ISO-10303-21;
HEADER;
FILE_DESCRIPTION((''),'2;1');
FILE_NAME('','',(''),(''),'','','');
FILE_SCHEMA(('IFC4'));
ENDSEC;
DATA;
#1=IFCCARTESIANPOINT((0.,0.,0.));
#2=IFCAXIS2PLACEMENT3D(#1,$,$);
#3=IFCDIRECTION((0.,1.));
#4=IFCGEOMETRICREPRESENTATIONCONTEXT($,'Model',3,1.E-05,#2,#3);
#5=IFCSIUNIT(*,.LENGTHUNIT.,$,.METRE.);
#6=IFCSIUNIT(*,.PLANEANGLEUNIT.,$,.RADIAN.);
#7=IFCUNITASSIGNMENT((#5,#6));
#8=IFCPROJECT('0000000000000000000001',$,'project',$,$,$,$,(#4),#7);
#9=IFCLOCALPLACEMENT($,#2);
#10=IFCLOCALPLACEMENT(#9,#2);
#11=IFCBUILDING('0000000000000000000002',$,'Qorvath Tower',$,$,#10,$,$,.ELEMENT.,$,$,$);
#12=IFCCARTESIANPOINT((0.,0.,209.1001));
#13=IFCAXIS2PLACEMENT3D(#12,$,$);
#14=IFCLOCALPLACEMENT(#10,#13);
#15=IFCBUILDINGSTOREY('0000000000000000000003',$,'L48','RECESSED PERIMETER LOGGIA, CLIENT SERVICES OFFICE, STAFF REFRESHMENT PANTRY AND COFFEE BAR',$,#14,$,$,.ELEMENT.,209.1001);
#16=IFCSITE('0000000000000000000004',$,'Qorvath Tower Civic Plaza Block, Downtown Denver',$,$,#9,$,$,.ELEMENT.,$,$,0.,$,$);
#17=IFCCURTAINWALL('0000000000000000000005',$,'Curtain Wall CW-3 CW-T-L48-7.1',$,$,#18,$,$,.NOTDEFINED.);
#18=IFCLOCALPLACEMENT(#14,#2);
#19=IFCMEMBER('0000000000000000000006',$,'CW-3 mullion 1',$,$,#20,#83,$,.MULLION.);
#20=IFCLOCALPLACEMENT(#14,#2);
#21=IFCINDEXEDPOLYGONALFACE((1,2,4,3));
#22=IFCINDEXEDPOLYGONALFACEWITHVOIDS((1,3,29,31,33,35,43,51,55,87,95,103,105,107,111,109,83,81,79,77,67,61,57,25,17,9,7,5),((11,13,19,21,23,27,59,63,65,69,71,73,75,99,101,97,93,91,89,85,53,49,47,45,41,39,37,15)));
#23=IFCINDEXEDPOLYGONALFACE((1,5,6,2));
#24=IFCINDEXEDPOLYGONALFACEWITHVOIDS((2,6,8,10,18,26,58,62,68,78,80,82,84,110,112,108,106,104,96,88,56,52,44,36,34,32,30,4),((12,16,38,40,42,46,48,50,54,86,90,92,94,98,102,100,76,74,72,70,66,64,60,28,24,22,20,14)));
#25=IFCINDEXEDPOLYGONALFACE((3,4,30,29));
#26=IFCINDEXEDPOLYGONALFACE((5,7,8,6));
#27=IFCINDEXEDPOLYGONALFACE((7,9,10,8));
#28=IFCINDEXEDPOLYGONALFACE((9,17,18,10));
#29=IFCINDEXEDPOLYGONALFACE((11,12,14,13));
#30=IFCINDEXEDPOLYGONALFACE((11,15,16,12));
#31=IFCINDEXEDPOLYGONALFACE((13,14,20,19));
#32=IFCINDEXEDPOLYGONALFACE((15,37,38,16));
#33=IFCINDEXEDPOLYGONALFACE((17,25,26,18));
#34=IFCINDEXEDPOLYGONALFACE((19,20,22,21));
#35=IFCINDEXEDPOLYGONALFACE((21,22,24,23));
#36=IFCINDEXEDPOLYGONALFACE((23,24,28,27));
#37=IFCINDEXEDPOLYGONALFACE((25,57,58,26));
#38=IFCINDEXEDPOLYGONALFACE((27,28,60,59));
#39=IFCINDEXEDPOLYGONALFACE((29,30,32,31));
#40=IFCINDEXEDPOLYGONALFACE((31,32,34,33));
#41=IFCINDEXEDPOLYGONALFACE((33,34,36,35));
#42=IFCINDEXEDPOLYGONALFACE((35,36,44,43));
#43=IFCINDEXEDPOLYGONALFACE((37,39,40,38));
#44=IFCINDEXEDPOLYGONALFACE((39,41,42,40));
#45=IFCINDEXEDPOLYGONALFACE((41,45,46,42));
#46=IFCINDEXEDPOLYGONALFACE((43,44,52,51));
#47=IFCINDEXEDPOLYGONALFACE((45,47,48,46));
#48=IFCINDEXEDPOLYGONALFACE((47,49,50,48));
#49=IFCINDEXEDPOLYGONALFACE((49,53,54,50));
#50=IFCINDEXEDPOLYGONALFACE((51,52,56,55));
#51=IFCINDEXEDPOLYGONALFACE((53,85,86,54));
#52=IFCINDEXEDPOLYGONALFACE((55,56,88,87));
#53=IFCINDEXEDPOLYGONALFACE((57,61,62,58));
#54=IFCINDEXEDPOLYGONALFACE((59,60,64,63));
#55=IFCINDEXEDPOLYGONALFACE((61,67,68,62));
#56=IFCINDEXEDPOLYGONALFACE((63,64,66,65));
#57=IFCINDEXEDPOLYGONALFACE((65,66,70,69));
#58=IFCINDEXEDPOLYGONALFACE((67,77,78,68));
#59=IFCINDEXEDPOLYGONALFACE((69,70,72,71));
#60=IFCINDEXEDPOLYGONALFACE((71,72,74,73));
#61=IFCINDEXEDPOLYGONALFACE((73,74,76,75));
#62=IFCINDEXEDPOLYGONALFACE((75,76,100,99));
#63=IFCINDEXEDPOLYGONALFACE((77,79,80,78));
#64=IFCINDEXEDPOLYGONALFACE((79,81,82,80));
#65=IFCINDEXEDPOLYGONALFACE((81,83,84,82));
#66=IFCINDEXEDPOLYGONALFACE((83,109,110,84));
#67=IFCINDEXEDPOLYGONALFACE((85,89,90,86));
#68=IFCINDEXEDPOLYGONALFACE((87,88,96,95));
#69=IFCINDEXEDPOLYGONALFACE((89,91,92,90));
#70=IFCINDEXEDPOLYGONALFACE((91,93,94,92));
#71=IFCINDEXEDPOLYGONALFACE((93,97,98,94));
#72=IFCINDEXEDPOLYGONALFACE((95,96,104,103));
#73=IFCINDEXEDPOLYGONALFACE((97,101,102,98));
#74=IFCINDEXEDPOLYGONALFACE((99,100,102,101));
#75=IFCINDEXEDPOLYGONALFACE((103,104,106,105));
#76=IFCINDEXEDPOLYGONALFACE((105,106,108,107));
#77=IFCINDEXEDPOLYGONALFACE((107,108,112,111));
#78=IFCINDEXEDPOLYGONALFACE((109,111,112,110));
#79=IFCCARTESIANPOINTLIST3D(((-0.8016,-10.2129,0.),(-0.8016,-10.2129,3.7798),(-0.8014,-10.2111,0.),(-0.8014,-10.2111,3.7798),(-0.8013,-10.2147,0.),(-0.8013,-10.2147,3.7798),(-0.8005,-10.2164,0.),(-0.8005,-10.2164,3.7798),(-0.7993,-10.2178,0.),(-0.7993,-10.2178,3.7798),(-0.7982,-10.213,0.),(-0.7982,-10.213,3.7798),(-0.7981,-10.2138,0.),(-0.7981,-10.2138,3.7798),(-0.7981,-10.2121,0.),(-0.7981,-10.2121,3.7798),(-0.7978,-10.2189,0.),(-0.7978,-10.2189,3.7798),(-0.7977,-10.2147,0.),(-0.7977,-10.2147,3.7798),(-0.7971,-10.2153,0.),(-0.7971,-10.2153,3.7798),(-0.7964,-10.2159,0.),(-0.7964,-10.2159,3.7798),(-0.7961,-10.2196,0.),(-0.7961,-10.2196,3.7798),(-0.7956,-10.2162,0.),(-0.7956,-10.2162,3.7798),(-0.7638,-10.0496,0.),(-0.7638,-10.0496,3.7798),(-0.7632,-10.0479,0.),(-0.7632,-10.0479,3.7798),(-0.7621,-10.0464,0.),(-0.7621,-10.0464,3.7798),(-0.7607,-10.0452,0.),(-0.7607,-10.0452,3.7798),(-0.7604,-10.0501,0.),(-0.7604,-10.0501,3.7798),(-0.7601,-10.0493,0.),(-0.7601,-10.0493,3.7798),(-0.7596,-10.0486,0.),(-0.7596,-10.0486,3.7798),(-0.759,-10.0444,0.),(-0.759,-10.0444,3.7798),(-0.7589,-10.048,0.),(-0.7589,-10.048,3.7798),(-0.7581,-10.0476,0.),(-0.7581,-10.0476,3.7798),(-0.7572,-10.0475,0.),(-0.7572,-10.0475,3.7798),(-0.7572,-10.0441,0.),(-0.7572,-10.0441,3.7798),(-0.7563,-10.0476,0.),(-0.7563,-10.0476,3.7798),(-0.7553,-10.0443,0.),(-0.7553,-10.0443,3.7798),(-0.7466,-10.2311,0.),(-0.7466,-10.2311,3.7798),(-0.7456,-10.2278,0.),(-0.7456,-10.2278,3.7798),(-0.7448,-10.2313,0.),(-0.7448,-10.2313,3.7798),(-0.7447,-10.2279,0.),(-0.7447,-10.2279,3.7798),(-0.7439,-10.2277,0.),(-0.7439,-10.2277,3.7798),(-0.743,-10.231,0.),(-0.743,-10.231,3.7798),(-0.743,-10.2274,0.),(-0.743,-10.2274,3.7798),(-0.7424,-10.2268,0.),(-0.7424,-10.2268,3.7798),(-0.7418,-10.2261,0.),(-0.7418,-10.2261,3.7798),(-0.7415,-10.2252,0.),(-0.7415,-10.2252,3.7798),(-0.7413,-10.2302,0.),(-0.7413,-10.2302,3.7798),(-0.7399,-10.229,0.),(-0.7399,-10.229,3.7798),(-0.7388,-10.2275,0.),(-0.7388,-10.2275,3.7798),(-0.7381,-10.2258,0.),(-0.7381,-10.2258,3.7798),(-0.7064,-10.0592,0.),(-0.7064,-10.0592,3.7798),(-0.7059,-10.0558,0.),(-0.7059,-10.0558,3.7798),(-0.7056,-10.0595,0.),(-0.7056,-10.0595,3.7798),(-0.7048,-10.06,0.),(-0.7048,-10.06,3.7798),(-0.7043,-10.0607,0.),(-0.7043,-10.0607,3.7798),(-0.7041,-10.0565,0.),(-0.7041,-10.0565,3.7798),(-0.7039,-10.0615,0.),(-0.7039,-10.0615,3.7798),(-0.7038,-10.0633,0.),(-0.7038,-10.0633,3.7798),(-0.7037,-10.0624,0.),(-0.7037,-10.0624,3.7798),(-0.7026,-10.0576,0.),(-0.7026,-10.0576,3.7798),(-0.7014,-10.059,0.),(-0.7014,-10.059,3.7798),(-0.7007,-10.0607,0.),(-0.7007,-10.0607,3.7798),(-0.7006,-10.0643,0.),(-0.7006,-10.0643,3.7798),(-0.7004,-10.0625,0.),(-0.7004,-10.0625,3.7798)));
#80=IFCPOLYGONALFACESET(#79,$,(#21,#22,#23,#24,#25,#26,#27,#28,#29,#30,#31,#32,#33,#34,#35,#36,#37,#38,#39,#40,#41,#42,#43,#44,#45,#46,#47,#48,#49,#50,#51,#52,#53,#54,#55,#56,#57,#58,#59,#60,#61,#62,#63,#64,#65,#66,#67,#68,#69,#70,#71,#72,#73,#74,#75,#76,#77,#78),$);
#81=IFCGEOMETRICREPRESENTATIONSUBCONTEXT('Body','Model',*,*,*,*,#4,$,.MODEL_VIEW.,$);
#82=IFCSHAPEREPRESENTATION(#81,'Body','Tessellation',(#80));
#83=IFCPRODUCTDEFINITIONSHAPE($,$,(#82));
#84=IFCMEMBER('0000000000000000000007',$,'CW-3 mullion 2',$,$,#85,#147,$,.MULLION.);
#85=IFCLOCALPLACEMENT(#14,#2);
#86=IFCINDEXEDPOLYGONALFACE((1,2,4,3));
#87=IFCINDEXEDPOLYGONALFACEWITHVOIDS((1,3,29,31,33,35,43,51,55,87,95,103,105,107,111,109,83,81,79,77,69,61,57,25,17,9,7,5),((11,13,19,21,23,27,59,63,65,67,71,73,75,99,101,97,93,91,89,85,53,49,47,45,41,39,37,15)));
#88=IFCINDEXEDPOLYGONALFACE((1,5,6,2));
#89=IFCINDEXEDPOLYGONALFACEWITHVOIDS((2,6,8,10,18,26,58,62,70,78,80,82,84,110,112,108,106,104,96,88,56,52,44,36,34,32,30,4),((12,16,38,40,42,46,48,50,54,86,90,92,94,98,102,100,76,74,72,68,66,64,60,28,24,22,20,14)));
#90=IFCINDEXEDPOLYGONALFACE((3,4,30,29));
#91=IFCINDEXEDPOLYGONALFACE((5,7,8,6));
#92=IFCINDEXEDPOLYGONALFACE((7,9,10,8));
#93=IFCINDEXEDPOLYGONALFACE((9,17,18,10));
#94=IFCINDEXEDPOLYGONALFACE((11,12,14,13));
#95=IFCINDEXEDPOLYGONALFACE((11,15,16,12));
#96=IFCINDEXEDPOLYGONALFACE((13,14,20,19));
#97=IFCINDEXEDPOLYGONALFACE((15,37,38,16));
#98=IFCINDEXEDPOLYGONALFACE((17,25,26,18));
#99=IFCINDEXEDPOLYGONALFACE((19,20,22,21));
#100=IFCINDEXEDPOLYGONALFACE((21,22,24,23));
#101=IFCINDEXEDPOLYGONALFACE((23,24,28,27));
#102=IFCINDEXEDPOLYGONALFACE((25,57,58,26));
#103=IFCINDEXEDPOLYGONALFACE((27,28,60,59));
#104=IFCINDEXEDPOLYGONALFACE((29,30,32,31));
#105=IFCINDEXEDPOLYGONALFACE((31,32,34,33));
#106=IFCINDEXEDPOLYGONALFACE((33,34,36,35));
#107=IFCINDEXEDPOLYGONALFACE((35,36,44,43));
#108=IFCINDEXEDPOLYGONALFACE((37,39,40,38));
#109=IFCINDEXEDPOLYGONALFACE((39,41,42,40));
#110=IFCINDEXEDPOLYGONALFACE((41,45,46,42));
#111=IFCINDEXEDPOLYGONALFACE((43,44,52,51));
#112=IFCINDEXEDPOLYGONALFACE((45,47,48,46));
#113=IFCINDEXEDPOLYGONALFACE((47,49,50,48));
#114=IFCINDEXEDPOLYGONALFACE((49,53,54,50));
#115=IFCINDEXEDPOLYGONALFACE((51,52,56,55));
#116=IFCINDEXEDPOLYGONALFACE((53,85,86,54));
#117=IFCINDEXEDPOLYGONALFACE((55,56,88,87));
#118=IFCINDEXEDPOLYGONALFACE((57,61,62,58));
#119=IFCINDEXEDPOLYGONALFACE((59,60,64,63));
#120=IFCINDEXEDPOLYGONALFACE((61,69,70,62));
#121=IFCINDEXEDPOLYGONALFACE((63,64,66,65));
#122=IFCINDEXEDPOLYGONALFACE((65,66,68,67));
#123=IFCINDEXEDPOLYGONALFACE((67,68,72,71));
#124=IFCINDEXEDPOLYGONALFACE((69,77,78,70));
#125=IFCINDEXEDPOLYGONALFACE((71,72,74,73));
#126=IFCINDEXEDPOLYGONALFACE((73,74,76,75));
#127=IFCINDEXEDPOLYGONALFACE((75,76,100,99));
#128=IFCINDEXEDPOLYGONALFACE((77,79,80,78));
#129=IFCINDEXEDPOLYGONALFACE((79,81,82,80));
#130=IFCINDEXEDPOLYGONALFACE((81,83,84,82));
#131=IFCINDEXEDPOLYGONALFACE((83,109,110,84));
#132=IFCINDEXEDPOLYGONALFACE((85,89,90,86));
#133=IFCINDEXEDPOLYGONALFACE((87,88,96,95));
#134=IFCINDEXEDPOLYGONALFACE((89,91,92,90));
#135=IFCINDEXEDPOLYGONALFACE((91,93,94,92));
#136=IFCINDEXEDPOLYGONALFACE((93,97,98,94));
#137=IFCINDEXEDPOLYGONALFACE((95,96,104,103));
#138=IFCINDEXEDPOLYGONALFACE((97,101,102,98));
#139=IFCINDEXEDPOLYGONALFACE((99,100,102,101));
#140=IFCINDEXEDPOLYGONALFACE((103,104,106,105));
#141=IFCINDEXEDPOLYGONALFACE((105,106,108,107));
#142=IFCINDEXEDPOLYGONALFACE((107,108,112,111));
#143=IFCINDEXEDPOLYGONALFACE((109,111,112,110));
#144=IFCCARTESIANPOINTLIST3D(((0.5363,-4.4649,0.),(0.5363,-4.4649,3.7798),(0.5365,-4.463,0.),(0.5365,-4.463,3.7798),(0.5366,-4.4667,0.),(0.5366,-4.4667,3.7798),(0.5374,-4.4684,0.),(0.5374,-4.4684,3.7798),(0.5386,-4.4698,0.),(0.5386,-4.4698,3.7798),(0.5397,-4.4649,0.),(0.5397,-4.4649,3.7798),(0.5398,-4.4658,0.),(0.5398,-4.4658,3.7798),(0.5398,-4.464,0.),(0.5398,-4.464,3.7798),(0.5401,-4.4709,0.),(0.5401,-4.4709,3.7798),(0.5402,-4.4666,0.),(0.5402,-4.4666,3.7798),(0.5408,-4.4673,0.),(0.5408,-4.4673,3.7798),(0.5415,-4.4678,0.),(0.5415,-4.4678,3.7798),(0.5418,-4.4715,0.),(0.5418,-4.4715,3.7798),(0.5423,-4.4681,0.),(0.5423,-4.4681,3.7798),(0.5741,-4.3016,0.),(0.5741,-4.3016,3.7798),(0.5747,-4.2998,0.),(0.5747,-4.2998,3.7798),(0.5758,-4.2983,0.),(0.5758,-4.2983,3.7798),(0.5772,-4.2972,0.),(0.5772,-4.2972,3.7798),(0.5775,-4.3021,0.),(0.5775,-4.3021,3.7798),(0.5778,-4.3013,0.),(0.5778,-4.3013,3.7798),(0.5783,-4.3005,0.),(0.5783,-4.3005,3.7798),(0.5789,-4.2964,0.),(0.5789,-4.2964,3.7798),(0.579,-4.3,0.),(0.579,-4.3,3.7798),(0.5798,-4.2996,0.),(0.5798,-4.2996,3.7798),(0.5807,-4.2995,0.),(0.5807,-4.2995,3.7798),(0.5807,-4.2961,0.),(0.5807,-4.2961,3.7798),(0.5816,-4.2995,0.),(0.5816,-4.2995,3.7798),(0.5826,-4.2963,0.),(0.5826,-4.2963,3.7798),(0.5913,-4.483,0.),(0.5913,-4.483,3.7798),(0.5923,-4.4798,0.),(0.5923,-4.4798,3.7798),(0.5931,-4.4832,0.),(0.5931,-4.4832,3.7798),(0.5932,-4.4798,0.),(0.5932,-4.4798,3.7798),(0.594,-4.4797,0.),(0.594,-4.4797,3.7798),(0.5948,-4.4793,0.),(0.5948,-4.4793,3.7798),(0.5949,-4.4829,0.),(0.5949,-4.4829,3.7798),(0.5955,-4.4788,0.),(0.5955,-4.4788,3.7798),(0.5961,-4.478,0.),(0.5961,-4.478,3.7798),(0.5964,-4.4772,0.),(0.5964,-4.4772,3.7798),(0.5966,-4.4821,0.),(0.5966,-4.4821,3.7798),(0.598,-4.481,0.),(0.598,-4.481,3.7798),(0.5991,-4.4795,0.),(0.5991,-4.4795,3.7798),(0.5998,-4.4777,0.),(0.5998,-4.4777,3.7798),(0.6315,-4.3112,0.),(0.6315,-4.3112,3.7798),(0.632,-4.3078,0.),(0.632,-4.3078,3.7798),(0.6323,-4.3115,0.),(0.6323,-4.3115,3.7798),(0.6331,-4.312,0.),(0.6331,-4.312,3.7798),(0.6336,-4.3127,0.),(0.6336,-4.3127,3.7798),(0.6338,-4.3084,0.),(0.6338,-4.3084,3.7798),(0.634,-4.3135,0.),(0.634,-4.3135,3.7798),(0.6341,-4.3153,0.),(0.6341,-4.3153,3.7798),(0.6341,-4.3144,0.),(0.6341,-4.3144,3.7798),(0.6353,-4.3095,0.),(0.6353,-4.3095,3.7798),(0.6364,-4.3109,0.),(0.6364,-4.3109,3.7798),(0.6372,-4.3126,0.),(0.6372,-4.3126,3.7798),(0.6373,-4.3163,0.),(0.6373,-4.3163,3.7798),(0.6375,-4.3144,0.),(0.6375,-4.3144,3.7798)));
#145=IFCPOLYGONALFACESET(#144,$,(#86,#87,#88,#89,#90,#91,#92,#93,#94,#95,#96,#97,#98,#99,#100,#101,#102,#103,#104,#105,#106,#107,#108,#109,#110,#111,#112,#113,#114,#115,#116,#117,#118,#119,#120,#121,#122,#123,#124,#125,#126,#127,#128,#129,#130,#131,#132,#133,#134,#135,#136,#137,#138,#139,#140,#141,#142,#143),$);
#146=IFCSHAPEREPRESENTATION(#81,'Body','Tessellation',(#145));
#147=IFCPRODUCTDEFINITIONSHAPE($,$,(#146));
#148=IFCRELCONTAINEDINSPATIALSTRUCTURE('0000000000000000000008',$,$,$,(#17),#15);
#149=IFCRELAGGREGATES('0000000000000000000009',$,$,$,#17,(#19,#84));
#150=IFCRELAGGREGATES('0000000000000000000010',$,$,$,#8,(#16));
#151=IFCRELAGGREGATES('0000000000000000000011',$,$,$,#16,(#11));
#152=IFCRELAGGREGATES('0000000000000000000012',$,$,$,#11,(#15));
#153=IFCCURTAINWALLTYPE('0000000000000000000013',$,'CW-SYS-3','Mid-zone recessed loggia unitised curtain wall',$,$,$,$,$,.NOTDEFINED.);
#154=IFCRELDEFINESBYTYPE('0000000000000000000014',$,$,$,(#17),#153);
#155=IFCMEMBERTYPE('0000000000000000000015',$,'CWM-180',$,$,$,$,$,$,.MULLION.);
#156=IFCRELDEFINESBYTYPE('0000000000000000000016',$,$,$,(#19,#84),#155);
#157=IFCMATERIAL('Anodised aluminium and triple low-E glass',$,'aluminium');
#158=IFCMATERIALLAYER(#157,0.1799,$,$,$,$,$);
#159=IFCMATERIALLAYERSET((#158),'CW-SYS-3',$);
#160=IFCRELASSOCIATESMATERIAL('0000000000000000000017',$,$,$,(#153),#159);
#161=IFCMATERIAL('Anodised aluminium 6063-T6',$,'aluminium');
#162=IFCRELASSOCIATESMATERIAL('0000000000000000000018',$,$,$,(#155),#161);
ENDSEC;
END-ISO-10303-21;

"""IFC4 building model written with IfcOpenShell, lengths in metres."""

from ifc_helpers import new_model, si_unit, direction, frame, origin, origin_2d, place, context, subcontext, project, spatial, hollow_rectangle, extrude, material, layer, layer_set, material_profile, profile_set, type_object, element, aggregate, save


model = new_model("IFC4")

# Units and contexts
model_context = context("Model", 3, precision=1e-05, world=origin(), true_north=direction((0.0, 1.0)))
body_context = subcontext(model_context, "Body", "Model", "MODEL_VIEW")
ifc_project = project(units=[si_unit("LENGTHUNIT", "METRE"), si_unit("PLANEANGLEUNIT", "RADIAN")], contexts=[model_context])

# Site, building, storey
site_placement = place(None, origin())
site = spatial("IfcSite", under=ifc_project, at=site_placement, Name="Qorvath Tower Civic Plaza Block, Downtown Denver", CompositionType="ELEMENT", RefElevation=0.0)
building_placement = place(site_placement, origin())
building = spatial("IfcBuilding", under=site, at=building_placement, Name="Qorvath Tower", CompositionType="ELEMENT")
storey_placement = place(building_placement, frame((0.0, 0.0, 209.1001)))
storey = spatial("IfcBuildingStorey", under=building, at=storey_placement, Name="L48", Description="RECESSED PERIMETER LOGGIA, CLIENT SERVICES OFFICE, STAFF REFRESHMENT PANTRY AND COFFEE BAR", CompositionType="ELEMENT", Elevation=209.1001)

# Shared definitions
ifc_material_1 = material(Name="Anodised aluminium and triple low-E glass", Category="aluminium")
ifc_layer_1 = layer(ifc_material_1, 0.1799)
ifc_layer_set_1 = layer_set([ifc_layer_1], Name="CW-SYS-3")
curtain_wall_type = type_object("IfcCurtainWallType", Name="CW-SYS-3", Description="Mid-zone recessed loggia unitised curtain wall", PredefinedType="NOTDEFINED", material=ifc_layer_set_1)
ifc_material_2 = material(Name="Anodised aluminium 6063-T6", Category="aluminium")
ifc_material_profile_1 = material_profile(ifc_material_2, hollow_rectangle(XDim=0.0649, YDim=0.1799, WallThickness=0.0034, InnerFilletRadius=0.0034, OuterFilletRadius=0.0071, at=origin_2d()), Name="CWM 180x65")
ifc_profile_set_1 = profile_set([ifc_material_profile_1], Name="Anodised aluminium 6063-T6")
member_type_1 = type_object("IfcMemberType", Name="CWM-180", PredefinedType="MULLION", material=ifc_profile_set_1)

# Curtain wall, members
curtain_wall_1_placement = place(storey_placement, origin())
curtain_wall_1 = element("IfcCurtainWall", 1, at=curtain_wall_1_placement, inside=storey, type_object=curtain_wall_type, Name="Curtain Wall CW-3 CW-T-L48-7.1", PredefinedType="NOTDEFINED")
member_1_placement = place(storey_placement, frame((-0.751, -10.1377, 0.0), z_axis=(0.0, 0.0, 1.0), x_axis=(-0.973971, 0.226671, 0.0)))
member_1 = element("IfcMember", 2, at=member_1_placement, type_object=member_type_1, Name="CW-3 mullion 1", PredefinedType="MULLION", context=body_context, shape_type="SweptSolid", body=[
    extrude(hollow_rectangle(XDim=0.0649, YDim=0.1799, WallThickness=0.0034, InnerFilletRadius=0.0034, OuterFilletRadius=0.0071, at=origin_2d()), origin(), (0.0, 0.0, 1.0), 3.7798),
])
member_2_placement = place(storey_placement, frame((0.5869, -4.3896, 0.0), z_axis=(0.0, 0.0, 1.0), x_axis=(-0.973971, 0.226671, 0.0)))
member_2 = element("IfcMember", 3, at=member_2_placement, type_object=member_type_1, Name="CW-3 mullion 2", PredefinedType="MULLION", context=body_context, shape_type="SweptSolid", body=[
    extrude(hollow_rectangle(XDim=0.0649, YDim=0.1799, WallThickness=0.0034, InnerFilletRadius=0.0034, OuterFilletRadius=0.0071, at=origin_2d()), origin(), (0.0, 0.0, 1.0), 3.7798),
])

aggregate(curtain_wall_1, [member_1, member_2])

save(model, "model.ifc")
